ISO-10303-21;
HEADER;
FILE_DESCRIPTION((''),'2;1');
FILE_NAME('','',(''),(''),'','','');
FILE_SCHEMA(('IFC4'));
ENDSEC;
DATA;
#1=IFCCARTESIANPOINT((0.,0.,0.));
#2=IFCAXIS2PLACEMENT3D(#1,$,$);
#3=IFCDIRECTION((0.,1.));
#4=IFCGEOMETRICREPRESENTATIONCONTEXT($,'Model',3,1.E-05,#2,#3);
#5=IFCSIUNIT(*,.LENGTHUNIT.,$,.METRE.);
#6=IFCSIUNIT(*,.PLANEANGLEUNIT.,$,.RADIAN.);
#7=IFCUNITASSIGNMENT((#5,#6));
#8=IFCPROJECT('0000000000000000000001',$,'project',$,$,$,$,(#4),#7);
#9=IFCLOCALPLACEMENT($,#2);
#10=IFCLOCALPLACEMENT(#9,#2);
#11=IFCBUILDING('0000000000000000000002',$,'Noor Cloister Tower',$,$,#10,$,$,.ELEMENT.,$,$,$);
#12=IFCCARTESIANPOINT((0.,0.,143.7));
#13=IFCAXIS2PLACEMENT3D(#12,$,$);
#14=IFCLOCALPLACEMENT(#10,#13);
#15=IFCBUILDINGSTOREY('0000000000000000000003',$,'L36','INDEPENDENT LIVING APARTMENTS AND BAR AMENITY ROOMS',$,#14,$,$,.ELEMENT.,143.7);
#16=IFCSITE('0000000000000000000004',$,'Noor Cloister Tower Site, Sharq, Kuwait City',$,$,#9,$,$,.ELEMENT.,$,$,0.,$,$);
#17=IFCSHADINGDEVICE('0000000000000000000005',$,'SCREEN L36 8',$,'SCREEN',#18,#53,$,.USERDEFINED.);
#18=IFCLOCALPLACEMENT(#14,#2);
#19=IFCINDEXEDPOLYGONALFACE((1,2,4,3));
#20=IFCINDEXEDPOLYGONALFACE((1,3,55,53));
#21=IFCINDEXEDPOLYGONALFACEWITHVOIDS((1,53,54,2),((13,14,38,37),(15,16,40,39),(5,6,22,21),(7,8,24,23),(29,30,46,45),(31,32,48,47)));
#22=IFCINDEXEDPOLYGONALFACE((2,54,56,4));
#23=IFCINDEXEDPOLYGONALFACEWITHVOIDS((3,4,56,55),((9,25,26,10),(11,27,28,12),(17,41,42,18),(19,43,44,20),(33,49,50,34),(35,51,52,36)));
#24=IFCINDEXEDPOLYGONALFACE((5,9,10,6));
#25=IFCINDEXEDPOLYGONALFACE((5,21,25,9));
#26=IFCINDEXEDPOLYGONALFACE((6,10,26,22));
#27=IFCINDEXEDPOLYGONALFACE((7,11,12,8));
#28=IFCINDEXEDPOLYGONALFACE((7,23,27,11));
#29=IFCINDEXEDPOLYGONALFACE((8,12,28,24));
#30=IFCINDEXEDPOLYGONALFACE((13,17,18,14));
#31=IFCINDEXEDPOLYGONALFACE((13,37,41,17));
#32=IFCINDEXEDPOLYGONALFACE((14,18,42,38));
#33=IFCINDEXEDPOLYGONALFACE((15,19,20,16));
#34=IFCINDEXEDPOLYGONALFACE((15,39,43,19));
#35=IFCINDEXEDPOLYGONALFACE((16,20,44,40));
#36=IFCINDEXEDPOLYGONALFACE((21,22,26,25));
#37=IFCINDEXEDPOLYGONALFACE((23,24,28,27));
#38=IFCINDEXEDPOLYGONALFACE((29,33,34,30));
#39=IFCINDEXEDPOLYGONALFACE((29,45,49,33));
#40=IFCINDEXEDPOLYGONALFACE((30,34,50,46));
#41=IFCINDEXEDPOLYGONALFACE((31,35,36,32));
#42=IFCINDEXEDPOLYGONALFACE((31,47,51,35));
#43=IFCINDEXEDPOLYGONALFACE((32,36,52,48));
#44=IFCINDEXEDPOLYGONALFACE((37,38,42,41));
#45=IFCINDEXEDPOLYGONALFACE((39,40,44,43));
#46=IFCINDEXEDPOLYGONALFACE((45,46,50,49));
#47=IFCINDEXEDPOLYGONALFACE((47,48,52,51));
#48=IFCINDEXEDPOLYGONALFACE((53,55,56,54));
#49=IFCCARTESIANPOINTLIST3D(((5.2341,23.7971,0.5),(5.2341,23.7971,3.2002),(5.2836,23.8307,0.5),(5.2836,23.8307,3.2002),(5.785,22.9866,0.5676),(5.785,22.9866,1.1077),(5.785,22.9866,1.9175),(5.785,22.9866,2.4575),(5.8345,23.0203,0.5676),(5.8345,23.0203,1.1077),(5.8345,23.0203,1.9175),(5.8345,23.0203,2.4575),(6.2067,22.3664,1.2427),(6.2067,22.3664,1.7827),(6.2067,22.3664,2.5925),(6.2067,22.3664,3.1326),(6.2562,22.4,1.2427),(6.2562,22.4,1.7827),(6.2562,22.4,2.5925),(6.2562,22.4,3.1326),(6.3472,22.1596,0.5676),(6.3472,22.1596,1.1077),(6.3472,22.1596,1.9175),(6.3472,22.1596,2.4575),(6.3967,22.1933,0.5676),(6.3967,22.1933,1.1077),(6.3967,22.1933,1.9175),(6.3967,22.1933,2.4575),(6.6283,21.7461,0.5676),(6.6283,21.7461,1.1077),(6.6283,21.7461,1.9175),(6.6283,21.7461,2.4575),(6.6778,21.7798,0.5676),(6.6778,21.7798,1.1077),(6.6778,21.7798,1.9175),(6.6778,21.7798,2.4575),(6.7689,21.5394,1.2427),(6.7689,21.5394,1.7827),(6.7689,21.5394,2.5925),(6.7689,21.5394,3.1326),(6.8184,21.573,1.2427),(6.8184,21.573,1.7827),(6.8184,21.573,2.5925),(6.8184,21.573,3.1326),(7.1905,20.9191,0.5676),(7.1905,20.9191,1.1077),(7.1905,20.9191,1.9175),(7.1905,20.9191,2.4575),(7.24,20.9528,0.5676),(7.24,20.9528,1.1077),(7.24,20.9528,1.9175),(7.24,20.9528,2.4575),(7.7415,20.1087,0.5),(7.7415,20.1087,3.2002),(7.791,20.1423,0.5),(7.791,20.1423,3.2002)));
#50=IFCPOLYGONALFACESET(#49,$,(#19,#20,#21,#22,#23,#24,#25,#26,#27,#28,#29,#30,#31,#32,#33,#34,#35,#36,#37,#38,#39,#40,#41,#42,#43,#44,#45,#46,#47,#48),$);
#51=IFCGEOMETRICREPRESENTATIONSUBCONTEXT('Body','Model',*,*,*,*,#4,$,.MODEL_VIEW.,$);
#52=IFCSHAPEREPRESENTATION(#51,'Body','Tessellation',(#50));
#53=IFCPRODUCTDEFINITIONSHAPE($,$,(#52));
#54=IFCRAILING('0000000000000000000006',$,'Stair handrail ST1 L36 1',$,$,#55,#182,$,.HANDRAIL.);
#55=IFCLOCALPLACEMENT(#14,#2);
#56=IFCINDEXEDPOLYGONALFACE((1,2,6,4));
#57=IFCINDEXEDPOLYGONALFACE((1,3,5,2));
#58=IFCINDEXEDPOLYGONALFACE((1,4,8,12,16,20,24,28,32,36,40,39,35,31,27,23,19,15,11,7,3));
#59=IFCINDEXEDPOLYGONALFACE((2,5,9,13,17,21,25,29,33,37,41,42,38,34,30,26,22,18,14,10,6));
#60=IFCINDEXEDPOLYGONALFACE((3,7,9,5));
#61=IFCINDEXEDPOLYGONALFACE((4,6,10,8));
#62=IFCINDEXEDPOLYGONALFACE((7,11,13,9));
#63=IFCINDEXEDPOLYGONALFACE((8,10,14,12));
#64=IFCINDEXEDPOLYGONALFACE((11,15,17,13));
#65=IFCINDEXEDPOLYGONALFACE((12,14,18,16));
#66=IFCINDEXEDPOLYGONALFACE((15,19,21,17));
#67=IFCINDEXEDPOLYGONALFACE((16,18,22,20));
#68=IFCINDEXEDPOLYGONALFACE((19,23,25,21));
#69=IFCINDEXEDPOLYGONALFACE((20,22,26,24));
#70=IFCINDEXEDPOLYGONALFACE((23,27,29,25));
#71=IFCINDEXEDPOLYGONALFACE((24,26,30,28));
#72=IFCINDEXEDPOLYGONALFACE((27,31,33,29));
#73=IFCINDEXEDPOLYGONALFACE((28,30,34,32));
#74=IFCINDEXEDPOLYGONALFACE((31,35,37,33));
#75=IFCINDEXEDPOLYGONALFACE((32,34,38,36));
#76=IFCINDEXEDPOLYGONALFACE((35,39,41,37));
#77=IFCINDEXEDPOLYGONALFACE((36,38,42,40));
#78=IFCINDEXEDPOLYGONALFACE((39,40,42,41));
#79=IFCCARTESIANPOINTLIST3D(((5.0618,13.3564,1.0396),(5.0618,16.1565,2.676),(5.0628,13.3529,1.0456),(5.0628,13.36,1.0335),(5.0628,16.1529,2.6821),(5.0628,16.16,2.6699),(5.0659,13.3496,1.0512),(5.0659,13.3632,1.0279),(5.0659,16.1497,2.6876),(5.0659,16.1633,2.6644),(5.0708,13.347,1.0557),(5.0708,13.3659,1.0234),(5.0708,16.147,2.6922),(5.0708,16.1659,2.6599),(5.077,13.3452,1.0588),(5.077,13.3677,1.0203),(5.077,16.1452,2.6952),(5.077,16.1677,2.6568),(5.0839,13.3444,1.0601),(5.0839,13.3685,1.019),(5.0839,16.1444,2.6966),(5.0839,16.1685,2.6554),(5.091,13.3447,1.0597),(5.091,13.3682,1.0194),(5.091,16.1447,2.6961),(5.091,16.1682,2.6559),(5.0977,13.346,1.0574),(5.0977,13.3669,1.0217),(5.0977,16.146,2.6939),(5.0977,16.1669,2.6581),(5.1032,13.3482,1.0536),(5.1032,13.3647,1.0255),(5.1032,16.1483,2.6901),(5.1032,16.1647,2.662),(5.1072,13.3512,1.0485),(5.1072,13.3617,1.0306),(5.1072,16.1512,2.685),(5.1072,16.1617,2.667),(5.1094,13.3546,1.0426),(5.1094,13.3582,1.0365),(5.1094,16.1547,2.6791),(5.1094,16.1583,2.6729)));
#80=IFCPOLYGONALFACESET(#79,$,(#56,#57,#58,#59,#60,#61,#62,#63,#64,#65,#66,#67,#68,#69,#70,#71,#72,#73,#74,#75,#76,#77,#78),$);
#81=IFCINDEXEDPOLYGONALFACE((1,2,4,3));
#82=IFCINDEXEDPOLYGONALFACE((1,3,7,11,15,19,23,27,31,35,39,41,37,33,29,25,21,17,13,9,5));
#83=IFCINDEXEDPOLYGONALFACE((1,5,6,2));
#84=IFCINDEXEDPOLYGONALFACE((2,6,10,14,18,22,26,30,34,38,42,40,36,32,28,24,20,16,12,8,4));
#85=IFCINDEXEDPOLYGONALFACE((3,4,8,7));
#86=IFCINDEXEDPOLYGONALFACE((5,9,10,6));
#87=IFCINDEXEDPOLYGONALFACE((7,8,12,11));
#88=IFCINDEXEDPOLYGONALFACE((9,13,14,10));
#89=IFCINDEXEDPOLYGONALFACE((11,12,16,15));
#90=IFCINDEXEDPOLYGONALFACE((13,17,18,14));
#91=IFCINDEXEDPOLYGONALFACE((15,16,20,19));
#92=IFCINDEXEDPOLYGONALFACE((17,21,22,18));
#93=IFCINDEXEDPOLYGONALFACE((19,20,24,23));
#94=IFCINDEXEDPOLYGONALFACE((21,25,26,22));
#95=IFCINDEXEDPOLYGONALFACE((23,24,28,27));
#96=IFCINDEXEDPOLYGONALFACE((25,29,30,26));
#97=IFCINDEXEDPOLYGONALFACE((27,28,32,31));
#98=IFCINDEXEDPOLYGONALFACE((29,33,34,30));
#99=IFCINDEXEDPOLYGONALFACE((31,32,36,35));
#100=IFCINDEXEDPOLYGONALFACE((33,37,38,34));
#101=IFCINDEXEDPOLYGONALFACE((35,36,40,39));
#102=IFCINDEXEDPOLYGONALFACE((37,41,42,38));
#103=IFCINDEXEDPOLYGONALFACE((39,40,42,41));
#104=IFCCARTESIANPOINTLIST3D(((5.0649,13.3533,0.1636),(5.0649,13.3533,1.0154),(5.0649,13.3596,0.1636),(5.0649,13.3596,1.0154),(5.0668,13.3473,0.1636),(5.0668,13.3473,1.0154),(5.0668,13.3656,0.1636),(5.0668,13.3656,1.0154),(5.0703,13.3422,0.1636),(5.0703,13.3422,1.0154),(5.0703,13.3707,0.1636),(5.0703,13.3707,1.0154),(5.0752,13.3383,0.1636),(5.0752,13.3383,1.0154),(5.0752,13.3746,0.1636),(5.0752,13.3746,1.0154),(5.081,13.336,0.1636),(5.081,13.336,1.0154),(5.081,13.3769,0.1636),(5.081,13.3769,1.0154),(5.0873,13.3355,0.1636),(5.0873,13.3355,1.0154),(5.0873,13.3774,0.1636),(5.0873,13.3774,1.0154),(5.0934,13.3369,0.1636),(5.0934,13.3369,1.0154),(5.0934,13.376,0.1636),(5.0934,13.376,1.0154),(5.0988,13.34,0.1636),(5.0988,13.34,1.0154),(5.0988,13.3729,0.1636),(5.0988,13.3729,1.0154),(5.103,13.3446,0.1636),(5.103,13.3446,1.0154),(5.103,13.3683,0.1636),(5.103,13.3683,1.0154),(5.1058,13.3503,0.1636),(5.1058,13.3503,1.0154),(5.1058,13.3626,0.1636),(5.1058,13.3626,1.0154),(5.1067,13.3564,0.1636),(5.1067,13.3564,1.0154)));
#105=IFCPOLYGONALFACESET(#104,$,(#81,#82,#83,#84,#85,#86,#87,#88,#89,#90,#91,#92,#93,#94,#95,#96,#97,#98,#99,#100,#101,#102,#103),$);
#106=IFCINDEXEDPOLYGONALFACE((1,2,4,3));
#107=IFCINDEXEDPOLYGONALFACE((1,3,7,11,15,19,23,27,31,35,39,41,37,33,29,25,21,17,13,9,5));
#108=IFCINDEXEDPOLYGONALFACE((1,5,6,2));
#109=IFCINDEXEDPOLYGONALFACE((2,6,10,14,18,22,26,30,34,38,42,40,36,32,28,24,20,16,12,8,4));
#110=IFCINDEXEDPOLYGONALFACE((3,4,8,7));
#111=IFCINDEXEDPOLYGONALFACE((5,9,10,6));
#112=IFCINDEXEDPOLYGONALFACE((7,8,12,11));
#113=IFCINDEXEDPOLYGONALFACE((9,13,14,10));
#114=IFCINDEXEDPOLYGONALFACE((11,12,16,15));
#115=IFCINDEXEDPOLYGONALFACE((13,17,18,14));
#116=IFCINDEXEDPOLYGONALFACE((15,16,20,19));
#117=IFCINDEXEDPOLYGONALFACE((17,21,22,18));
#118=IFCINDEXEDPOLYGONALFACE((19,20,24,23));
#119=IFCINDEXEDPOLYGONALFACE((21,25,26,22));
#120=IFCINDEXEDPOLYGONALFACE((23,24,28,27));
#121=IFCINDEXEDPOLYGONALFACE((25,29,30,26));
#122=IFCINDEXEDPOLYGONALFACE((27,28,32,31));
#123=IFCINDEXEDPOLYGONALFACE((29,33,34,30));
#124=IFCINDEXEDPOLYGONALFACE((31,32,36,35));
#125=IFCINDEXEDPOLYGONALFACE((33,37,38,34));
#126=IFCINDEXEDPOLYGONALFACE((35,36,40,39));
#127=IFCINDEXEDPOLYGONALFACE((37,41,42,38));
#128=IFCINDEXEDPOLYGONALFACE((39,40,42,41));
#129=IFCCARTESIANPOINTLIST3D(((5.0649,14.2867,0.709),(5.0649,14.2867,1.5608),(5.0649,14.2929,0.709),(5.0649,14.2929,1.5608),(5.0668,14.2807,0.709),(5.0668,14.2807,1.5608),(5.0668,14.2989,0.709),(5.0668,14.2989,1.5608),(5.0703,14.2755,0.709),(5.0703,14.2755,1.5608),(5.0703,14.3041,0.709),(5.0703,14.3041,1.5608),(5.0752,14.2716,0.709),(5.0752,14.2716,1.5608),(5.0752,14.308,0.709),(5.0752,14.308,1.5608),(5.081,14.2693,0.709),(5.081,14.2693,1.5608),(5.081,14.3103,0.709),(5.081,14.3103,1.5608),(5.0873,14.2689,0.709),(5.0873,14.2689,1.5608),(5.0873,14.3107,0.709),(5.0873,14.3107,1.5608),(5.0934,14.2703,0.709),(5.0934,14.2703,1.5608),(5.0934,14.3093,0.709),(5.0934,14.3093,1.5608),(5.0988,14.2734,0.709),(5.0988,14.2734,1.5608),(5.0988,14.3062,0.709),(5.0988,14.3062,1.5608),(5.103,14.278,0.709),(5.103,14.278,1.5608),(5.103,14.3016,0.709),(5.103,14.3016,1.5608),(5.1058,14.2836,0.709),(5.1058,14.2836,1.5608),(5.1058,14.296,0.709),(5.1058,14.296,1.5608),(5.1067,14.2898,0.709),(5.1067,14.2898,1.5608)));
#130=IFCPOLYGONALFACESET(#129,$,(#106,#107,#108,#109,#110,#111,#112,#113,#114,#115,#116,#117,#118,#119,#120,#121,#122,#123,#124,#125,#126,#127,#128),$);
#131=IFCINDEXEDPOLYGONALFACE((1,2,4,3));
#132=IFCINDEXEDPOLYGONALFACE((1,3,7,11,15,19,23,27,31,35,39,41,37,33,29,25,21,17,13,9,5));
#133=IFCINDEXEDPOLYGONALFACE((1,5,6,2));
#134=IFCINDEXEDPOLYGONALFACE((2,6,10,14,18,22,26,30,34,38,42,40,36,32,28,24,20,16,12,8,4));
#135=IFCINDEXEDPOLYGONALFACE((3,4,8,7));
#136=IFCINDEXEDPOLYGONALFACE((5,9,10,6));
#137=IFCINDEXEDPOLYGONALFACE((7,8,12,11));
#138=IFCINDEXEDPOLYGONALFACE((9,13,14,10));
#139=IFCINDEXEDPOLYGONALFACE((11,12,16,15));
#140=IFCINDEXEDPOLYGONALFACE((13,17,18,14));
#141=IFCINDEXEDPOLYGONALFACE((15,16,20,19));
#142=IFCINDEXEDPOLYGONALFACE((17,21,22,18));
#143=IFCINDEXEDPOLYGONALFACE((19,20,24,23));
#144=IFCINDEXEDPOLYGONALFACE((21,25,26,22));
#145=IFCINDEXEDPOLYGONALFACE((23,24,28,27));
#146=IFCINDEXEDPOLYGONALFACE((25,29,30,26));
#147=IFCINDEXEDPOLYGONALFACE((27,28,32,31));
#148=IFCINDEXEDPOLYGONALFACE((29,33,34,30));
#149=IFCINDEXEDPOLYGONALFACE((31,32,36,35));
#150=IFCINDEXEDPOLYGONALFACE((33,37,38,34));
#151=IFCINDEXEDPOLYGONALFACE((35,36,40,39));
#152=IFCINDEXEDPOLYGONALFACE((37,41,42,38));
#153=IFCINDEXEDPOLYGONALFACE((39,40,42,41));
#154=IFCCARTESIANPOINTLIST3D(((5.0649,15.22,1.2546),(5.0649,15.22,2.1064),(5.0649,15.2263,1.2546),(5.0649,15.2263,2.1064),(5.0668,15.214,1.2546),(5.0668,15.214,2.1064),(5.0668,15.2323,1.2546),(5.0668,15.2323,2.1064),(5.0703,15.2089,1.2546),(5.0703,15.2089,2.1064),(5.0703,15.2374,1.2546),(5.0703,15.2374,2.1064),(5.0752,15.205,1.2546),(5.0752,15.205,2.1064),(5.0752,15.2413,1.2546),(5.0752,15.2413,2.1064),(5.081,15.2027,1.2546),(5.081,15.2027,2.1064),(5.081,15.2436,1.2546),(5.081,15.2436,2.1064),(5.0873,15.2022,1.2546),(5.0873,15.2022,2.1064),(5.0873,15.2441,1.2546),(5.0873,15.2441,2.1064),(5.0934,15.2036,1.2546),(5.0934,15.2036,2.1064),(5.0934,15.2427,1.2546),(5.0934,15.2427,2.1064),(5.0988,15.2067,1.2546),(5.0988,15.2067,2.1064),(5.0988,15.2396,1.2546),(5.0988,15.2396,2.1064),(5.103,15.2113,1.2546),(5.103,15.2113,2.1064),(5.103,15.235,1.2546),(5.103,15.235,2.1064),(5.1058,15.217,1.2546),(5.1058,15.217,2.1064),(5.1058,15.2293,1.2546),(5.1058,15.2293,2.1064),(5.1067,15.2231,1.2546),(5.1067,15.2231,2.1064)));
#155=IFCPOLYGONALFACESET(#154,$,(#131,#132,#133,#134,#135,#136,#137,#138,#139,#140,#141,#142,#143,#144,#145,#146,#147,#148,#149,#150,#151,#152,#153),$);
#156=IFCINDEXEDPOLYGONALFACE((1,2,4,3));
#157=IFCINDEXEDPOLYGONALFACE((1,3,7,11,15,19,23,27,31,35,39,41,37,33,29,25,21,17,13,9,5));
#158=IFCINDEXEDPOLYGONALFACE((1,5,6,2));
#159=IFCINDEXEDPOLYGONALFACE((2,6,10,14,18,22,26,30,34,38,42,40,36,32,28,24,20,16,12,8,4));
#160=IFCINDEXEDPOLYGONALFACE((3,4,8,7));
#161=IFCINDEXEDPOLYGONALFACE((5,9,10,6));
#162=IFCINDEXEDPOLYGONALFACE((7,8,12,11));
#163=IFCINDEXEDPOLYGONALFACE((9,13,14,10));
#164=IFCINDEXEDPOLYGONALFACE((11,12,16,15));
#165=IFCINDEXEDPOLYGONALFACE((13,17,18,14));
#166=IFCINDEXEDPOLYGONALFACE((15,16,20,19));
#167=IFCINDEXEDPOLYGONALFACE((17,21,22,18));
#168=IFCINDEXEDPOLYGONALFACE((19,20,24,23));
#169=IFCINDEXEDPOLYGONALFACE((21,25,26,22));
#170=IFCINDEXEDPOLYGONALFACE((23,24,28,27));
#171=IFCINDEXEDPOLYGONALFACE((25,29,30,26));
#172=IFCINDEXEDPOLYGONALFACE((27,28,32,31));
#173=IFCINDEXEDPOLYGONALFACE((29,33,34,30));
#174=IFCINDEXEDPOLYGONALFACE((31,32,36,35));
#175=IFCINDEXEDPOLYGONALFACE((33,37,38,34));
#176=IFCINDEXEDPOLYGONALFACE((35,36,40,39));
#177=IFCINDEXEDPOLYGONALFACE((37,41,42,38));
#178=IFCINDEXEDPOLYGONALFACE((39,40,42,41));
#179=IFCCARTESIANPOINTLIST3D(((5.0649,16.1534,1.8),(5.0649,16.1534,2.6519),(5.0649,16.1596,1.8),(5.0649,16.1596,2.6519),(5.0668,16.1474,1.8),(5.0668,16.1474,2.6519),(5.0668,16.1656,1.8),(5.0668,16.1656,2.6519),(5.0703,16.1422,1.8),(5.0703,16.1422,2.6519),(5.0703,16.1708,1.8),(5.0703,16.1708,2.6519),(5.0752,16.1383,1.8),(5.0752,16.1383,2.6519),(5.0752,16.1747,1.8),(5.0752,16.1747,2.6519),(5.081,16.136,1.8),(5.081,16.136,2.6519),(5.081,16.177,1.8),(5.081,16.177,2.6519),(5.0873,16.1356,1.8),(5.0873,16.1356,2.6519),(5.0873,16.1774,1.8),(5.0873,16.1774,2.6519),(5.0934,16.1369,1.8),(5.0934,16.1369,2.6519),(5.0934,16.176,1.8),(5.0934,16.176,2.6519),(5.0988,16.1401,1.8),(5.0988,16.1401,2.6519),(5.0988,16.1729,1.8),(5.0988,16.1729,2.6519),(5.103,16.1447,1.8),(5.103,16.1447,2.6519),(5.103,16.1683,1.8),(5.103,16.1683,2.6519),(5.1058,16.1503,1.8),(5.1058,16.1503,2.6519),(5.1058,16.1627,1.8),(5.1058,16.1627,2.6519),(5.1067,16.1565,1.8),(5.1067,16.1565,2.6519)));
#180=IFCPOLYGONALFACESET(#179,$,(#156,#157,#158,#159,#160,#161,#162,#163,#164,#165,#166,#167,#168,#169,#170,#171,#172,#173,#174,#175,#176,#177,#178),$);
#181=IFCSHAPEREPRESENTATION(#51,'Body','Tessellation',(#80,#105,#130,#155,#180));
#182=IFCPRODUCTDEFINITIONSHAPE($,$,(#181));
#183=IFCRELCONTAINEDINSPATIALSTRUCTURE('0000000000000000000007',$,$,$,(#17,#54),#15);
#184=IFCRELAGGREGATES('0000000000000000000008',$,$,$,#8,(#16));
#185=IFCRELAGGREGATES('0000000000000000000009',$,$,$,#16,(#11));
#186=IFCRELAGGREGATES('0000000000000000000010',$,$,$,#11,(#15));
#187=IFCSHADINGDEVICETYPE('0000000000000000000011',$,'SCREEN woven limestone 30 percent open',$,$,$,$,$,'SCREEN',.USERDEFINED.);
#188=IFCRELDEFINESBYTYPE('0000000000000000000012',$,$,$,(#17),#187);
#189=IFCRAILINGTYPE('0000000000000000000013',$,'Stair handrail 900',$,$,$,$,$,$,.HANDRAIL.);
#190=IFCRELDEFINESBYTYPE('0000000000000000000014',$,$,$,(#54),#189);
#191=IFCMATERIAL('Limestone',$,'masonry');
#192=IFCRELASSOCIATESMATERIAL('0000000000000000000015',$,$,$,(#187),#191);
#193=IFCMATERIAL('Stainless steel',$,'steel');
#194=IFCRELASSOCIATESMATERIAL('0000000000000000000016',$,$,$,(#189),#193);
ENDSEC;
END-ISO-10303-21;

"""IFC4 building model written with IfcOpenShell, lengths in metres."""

from ifc_helpers import new_model, si_unit, direction, frame, origin, origin_2d, place, context, subcontext, project, spatial, polyline, circle, outline, extrude, material, material_profile, profile_set, type_object, element, save


model = new_model("IFC4")

# Units and contexts
model_context = context("Model", 3, precision=1e-05, world=origin(), true_north=direction((0.0, 1.0)))
body_context = subcontext(model_context, "Body", "Model", "MODEL_VIEW")
ifc_project = project(units=[si_unit("LENGTHUNIT", "METRE"), si_unit("PLANEANGLEUNIT", "RADIAN")], contexts=[model_context])

# Site, building, storey
site_placement = place(None, origin())
site = spatial("IfcSite", under=ifc_project, at=site_placement, Name="Noor Cloister Tower Site, Sharq, Kuwait City", CompositionType="ELEMENT", RefElevation=0.0)
building_placement = place(site_placement, origin())
building = spatial("IfcBuilding", under=site, at=building_placement, Name="Noor Cloister Tower", CompositionType="ELEMENT")
storey_placement = place(building_placement, frame((0.0, 0.0, 143.7)))
storey = spatial("IfcBuildingStorey", under=building, at=storey_placement, Name="L36", Description="INDEPENDENT LIVING APARTMENTS AND BAR AMENITY ROOMS", CompositionType="ELEMENT", Elevation=143.7)

# Shading device
ifc_material_1 = material(Name="Limestone", Category="masonry")
ifc_material_profile_1 = material_profile(ifc_material_1, outline(polyline([(-2.23, -1.3501), (2.23, -1.3501), (2.23, 1.3501), (-2.23, 1.3501), (-2.23, -1.3501)]), holes=[polyline([(-1.25, -1.2825), (-0.25, -1.2825), (-0.25, -0.7424), (-1.25, -0.7424), (-1.25, -1.2825)]), polyline([(0.25, -1.2825), (1.25, -1.2825), (1.25, -0.7424), (0.25, -0.7424), (0.25, -1.2825)]), polyline([(-0.5, -0.6074), (0.5, -0.6074), (0.5, -0.0674), (-0.5, -0.0674), (-0.5, -0.6074)]), polyline([(-1.25, 0.0674), (-0.25, 0.0674), (-0.25, 0.6074), (-1.25, 0.6074), (-1.25, 0.0674)]), polyline([(0.25, 0.0674), (1.25, 0.0674), (1.25, 0.6074), (0.25, 0.6074), (0.25, 0.0674)]), polyline([(-0.5, 0.7424), (0.5, 0.7424), (0.5, 1.2825), (-0.5, 1.2825), (-0.5, 0.7424)])]), Name="Woven screen 30 percent open")
ifc_profile_set_1 = profile_set([ifc_material_profile_1], Name="Limestone")
shading_device_type = type_object("IfcShadingDeviceType", Name="SCREEN woven limestone 30 percent open", ElementType="SCREEN", PredefinedType="USERDEFINED", material=ifc_profile_set_1)
for number, where, z_axis, x_axis, name in (
    (1, (6.4878, 21.9529, 1.8501), (0.827002, 0.562199, 0.0), (-0.562199, 0.827002, 0.0), "SCREEN L36 8"),
):
    element("IfcShadingDevice", number, at=place(storey_placement, frame(where, z_axis=z_axis, x_axis=x_axis)), inside=storey, type_object=shading_device_type, Name=name, ObjectType="SCREEN", PredefinedType="USERDEFINED", context=body_context, shape_type="SweptSolid", body=[
        extrude(outline(polyline([(-2.23, -1.3501), (2.23, -1.3501), (2.23, 1.3501), (-2.23, 1.3501), (-2.23, -1.3501)]), holes=[polyline([(-1.25, -1.2825), (-0.25, -1.2825), (-0.25, -0.7424), (-1.25, -0.7424), (-1.25, -1.2825)]), polyline([(0.25, -1.2825), (1.25, -1.2825), (1.25, -0.7424), (0.25, -0.7424), (0.25, -1.2825)]), polyline([(-0.5, -0.6074), (0.5, -0.6074), (0.5, -0.0674), (-0.5, -0.0674), (-0.5, -0.6074)]), polyline([(-1.25, 0.0674), (-0.25, 0.0674), (-0.25, 0.6074), (-1.25, 0.6074), (-1.25, 0.0674)]), polyline([(0.25, 0.0674), (1.25, 0.0674), (1.25, 0.6074), (0.25, 0.6074), (0.25, 0.0674)]), polyline([(-0.5, 0.7424), (0.5, 0.7424), (0.5, 1.2825), (-0.5, 1.2825), (-0.5, 0.7424)])]), origin(), (0.0, 0.0, 1.0), 0.0598),
    ])

# Railing
ifc_material_2 = material(Name="Stainless steel", Category="steel")
railing_type_1 = type_object("IfcRailingType", Name="Stair handrail 900", PredefinedType="HANDRAIL", material=ifc_material_2)
railing_1_placement = place(storey_placement, frame((5.0857, 13.3564, 0.1636)))
element("IfcRailing", 2, at=railing_1_placement, inside=storey, type_object=railing_type_1, Name="Stair handrail ST1 L36 1", PredefinedType="HANDRAIL", context=body_context, shape_type="SweptSolid", body=[
    extrude(circle(Radius=0.0239, at=origin_2d()), frame((0.0, 0.0, 0.876), z_axis=(0.0, 0.863361, 0.504587), x_axis=(-1.0, 0.0, 0.0)), (0.0, 0.0, 1.0), 3.2432),
    extrude(circle(Radius=0.021, at=origin_2d()), origin(), (0.0, 0.0, 1.0), 0.8518),
    extrude(circle(Radius=0.021, at=origin_2d()), frame((0.0, 0.9333, 0.5454)), (0.0, 0.0, 1.0), 0.8518),
    extrude(circle(Radius=0.021, at=origin_2d()), frame((0.0, 1.8667, 1.0911)), (0.0, 0.0, 1.0), 0.8518),
    extrude(circle(Radius=0.021, at=origin_2d()), frame((0.0, 2.8, 1.6365)), (0.0, 0.0, 1.0), 0.8518),
])

save(model, "model.ifc")
